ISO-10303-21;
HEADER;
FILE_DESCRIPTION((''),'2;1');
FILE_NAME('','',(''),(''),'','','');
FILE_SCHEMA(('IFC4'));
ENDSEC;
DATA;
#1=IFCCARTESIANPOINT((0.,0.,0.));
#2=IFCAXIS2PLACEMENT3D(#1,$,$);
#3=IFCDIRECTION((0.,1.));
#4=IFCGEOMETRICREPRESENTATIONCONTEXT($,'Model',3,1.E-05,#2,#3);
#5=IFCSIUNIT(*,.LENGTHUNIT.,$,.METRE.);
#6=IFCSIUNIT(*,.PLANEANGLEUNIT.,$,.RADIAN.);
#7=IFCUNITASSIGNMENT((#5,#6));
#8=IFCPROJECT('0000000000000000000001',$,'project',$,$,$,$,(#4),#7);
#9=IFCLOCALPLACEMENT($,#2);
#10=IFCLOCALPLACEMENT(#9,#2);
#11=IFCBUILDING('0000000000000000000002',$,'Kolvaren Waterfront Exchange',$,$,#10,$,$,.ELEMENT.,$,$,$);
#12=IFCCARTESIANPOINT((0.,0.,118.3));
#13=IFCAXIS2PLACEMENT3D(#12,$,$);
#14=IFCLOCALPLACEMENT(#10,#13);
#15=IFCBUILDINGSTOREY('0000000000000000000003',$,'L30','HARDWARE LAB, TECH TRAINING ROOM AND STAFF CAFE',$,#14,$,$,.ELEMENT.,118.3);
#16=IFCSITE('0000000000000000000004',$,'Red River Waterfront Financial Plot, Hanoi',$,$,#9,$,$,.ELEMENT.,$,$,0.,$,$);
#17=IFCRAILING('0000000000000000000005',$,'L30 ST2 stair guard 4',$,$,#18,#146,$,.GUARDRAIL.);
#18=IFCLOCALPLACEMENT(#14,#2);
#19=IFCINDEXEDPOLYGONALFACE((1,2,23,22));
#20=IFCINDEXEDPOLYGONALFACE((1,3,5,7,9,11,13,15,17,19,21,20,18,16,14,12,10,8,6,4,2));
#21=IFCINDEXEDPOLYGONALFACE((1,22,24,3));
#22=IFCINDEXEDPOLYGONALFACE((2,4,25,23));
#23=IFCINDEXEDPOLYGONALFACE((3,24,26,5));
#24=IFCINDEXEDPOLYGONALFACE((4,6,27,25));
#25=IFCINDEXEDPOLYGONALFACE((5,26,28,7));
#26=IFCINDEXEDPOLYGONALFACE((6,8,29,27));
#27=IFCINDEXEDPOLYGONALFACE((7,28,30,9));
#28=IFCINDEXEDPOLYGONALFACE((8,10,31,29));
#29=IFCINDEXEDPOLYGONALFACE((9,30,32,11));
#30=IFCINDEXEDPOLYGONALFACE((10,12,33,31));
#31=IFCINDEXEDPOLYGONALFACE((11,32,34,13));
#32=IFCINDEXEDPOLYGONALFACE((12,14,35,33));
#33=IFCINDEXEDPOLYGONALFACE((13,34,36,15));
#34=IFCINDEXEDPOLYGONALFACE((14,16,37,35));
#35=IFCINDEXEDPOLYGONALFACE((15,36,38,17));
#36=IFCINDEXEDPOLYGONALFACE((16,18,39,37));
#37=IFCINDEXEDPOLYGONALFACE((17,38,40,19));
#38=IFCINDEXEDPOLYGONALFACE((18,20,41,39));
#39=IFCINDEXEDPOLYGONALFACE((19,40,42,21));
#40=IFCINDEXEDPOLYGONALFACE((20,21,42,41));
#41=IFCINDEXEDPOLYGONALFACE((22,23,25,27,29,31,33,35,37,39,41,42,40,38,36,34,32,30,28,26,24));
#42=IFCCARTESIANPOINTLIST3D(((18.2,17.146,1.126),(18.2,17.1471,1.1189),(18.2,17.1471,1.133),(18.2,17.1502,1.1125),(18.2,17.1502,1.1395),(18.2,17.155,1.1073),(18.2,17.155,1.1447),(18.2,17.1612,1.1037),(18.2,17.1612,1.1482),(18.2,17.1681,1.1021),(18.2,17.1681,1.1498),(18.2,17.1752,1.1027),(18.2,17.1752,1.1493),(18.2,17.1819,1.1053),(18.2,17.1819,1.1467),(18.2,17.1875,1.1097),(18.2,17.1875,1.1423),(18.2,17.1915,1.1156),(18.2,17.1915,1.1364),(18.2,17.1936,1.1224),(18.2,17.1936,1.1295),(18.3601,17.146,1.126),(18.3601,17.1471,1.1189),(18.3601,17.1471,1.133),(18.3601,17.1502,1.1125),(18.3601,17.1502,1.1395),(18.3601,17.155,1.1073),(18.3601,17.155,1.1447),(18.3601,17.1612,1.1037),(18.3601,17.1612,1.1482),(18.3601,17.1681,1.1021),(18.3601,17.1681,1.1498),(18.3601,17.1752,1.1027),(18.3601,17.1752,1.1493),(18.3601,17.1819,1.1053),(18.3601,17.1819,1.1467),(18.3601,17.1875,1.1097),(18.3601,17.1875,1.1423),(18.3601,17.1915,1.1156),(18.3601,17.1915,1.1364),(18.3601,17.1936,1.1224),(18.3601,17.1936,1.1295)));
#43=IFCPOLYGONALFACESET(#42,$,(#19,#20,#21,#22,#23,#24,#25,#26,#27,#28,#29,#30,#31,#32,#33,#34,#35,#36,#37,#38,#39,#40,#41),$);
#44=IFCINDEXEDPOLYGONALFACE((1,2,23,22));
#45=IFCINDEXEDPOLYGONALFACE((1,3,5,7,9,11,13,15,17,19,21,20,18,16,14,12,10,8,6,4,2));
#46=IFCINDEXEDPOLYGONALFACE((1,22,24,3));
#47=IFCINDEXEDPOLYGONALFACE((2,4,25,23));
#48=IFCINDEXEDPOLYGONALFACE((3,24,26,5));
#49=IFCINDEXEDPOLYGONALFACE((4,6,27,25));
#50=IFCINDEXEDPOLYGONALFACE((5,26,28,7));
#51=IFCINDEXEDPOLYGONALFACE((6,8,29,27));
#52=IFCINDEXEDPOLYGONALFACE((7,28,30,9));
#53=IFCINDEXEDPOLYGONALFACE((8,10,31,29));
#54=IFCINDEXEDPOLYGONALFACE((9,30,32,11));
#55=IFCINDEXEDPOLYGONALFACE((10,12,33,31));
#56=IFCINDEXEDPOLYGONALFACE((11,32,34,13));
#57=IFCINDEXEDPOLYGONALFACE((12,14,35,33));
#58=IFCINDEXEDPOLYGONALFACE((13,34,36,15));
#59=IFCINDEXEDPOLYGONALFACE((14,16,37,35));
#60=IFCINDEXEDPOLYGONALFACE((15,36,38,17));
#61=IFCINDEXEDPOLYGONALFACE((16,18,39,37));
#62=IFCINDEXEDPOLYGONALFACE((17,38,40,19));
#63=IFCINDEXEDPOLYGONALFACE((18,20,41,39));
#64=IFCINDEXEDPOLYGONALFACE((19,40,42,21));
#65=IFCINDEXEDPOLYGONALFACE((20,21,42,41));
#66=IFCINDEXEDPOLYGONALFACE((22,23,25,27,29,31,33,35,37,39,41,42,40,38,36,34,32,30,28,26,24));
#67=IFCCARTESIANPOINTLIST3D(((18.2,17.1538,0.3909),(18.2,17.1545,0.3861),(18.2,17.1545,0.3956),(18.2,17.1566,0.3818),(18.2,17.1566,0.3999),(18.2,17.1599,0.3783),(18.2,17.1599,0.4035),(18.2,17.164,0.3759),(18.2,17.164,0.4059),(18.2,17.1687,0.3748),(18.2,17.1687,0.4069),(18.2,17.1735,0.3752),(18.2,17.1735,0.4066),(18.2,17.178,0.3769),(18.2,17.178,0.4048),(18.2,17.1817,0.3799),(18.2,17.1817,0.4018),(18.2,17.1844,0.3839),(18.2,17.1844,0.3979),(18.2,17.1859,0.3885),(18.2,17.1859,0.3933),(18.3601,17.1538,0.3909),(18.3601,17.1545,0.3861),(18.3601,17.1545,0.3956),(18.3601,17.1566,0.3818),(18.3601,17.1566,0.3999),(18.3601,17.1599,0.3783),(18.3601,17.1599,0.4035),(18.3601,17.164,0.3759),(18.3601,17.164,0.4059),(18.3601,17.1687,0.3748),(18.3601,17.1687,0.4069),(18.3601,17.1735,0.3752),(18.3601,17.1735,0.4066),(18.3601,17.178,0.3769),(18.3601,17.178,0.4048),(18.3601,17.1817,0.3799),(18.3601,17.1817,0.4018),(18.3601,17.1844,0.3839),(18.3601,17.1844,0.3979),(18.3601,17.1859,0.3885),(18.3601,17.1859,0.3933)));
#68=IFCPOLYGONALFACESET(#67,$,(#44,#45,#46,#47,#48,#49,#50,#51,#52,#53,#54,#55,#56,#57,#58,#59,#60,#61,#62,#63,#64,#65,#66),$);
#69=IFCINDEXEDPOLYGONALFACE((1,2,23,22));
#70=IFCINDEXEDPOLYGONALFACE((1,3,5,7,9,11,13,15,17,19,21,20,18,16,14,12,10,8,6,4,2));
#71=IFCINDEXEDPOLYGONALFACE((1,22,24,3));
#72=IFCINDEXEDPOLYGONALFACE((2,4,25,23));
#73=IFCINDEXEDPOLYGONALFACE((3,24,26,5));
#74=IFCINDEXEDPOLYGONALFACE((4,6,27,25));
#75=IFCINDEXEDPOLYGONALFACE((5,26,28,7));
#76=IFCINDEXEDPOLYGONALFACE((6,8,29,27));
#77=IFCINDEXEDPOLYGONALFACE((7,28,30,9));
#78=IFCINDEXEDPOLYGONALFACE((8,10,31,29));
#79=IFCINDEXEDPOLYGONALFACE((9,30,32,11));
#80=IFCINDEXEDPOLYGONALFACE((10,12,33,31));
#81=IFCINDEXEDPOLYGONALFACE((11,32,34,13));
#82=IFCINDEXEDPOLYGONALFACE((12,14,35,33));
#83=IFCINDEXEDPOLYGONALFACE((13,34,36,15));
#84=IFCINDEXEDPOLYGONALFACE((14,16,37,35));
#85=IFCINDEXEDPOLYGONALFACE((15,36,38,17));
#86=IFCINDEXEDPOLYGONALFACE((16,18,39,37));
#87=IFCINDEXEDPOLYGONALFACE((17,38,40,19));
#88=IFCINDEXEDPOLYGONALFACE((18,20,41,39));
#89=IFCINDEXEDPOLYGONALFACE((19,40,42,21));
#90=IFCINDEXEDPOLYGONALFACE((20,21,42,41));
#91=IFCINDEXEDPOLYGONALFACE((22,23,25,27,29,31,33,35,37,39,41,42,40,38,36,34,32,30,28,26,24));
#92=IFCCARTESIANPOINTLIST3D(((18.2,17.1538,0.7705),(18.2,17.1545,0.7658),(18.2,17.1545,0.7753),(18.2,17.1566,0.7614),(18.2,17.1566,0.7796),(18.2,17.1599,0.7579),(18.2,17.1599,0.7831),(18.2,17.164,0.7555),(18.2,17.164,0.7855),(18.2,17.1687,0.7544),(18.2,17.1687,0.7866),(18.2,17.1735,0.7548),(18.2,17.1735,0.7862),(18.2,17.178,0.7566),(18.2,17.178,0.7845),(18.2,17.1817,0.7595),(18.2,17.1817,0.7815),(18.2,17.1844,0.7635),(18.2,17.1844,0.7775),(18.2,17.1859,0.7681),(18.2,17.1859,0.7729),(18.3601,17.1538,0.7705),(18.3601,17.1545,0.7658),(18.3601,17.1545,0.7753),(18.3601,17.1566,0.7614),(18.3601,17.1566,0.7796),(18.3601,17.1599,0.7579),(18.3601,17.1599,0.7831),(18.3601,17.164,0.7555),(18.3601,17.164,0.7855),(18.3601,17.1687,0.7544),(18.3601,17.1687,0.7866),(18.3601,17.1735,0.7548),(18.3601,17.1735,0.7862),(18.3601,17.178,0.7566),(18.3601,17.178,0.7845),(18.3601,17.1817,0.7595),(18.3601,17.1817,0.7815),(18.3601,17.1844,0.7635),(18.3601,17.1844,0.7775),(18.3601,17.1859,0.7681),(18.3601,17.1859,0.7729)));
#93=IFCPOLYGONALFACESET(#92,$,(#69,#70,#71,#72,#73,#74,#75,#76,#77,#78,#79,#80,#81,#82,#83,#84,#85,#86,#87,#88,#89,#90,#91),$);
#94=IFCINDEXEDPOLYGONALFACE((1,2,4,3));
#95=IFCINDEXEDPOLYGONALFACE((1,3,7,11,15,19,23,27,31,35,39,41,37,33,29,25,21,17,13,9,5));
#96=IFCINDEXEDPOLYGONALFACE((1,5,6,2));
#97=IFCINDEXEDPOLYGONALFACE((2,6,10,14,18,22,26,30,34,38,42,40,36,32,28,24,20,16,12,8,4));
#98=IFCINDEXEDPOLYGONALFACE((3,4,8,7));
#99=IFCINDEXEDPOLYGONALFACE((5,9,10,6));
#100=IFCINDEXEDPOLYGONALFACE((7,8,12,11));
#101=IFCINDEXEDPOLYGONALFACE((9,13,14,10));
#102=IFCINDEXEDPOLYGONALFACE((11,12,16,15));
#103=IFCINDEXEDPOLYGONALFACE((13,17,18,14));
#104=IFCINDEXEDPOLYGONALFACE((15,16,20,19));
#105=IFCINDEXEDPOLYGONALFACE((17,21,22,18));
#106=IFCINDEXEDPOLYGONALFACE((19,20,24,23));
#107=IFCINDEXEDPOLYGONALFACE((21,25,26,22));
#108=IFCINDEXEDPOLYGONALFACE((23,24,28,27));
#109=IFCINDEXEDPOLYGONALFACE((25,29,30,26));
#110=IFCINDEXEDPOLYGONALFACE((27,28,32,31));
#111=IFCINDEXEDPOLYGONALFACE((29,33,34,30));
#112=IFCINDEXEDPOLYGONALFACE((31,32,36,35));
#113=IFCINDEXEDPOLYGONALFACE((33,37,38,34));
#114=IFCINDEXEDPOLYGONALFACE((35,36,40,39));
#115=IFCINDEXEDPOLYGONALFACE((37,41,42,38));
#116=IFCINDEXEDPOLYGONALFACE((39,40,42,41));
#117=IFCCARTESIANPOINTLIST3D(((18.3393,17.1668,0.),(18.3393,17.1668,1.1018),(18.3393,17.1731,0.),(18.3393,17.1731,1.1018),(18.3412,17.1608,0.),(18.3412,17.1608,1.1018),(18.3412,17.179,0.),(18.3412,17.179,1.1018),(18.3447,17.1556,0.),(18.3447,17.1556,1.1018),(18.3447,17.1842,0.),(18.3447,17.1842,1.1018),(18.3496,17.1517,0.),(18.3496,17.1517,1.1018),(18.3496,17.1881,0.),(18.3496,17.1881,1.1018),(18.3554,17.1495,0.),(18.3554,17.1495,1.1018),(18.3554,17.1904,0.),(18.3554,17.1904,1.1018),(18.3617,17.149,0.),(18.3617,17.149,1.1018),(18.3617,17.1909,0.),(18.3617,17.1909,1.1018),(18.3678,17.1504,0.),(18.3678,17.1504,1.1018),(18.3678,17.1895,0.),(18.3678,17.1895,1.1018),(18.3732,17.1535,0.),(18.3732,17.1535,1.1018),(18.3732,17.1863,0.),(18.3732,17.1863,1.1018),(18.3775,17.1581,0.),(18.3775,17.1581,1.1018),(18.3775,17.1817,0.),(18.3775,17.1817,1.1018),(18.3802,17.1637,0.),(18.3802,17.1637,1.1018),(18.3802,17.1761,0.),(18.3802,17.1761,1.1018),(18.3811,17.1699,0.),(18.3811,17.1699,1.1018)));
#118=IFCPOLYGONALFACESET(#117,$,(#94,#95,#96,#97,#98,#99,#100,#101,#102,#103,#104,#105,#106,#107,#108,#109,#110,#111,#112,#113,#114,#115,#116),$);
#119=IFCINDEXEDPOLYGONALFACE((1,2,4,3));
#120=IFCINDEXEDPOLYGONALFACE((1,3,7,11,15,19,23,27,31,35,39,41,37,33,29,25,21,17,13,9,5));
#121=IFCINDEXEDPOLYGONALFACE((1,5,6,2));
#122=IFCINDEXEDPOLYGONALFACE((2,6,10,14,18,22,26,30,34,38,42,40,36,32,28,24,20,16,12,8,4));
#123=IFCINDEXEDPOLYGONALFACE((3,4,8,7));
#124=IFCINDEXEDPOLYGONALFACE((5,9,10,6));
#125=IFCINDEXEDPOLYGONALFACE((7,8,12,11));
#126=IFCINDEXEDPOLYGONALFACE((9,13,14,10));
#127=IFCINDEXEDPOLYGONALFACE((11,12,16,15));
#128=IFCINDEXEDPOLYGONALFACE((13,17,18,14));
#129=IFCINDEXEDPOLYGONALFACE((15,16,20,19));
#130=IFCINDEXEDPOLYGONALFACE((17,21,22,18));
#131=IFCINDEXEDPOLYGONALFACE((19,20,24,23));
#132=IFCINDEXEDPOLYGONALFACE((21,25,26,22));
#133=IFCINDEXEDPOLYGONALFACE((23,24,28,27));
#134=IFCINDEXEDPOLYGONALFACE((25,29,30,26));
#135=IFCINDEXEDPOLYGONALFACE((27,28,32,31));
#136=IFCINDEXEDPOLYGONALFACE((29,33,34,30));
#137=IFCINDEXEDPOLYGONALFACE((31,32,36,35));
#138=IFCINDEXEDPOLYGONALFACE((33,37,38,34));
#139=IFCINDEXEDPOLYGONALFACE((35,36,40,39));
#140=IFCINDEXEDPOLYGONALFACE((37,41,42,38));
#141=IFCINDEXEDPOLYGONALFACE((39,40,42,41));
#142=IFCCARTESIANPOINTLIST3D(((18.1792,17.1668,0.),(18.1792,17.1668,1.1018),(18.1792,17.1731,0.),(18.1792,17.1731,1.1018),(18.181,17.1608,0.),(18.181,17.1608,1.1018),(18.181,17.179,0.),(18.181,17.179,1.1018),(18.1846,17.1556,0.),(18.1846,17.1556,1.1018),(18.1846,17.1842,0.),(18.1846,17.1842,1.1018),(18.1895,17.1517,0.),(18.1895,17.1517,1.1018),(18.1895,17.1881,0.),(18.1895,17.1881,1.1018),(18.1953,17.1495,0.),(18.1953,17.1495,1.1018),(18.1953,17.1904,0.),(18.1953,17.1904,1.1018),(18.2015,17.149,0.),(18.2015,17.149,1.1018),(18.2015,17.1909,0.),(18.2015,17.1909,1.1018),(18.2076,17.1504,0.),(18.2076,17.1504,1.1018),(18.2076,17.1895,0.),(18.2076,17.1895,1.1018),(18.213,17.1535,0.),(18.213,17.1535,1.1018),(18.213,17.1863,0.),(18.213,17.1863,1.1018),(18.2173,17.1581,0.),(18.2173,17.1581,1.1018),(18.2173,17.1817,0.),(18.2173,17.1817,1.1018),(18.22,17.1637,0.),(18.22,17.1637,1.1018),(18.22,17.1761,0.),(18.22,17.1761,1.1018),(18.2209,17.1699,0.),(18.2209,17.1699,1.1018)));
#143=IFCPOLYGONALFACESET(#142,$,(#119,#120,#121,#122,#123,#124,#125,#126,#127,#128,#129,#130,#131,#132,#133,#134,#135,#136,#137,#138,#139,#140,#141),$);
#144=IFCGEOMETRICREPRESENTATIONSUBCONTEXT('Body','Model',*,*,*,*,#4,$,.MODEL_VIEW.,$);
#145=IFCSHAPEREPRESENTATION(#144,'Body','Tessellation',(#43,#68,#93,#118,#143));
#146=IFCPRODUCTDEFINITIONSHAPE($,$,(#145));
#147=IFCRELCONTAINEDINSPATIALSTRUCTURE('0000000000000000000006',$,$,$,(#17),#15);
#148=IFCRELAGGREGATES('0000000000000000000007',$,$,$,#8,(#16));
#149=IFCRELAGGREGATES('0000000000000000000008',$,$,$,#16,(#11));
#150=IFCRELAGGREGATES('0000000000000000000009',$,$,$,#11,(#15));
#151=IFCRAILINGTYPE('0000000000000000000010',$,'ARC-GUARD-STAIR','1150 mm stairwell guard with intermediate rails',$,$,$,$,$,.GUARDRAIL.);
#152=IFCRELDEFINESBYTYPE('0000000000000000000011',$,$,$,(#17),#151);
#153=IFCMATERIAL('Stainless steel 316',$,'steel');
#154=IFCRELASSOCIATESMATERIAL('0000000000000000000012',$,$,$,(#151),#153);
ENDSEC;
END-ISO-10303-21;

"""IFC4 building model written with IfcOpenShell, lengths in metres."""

from ifc_helpers import new_model, si_unit, direction, frame, origin, origin_2d, place, context, subcontext, project, spatial, circle, extrude, material, type_object, element, save


model = new_model("IFC4")

# Units and contexts
model_context = context("Model", 3, precision=1e-05, world=origin(), true_north=direction((0.0, 1.0)))
body_context = subcontext(model_context, "Body", "Model", "MODEL_VIEW")
ifc_project = project(units=[si_unit("LENGTHUNIT", "METRE"), si_unit("PLANEANGLEUNIT", "RADIAN")], contexts=[model_context])

# Site, building, storey
site_placement = place(None, origin())
site = spatial("IfcSite", under=ifc_project, at=site_placement, Name="Red River Waterfront Financial Plot, Hanoi", CompositionType="ELEMENT", RefElevation=0.0)
building_placement = place(site_placement, origin())
building = spatial("IfcBuilding", under=site, at=building_placement, Name="Kolvaren Waterfront Exchange", CompositionType="ELEMENT")
storey_placement = place(building_placement, frame((0.0, 0.0, 118.3)))
storey = spatial("IfcBuildingStorey", under=building, at=storey_placement, Name="L30", Description="HARDWARE LAB, TECH TRAINING ROOM AND STAFF CAFE", CompositionType="ELEMENT", Elevation=118.3)

# Railing
ifc_material_1 = material(Name="Stainless steel 316", Category="steel")
railing_type_1 = type_object("IfcRailingType", Name="ARC-GUARD-STAIR", Description="1150 mm stairwell guard with intermediate rails", PredefinedType="GUARDRAIL", material=ifc_material_1)
railing_1_placement = place(storey_placement, frame((18.3601, 17.1699, 0.0)))
element("IfcRailing", 1, at=railing_1_placement, inside=storey, type_object=railing_type_1, Name="L30 ST2 stair guard 4", PredefinedType="GUARDRAIL", context=body_context, shape_type="SweptSolid", body=[
    extrude(circle(Radius=0.0239, at=origin_2d()), frame((0.0, 0.0, 1.126), z_axis=(-1.0, 0.0, 0.0), x_axis=(0.0, -1.0, 0.0)), (0.0, 0.0, 1.0), 0.1602),
    extrude(circle(Radius=0.0161, at=origin_2d()), frame((0.0, 0.0, 0.3909), z_axis=(-1.0, 0.0, 0.0), x_axis=(0.0, -1.0, 0.0)), (0.0, 0.0, 1.0), 0.1602),
    extrude(circle(Radius=0.0161, at=origin_2d()), frame((0.0, 0.0, 0.7705), z_axis=(-1.0, 0.0, 0.0), x_axis=(0.0, -1.0, 0.0)), (0.0, 0.0, 1.0), 0.1602),
    extrude(circle(Radius=0.021, at=origin_2d()), origin(), (0.0, 0.0, 1.0), 1.1018),
    extrude(circle(Radius=0.021, at=origin_2d()), frame((-0.1602, 0.0, 0.0)), (0.0, 0.0, 1.0), 1.1018),
])

save(model, "model.ifc")
